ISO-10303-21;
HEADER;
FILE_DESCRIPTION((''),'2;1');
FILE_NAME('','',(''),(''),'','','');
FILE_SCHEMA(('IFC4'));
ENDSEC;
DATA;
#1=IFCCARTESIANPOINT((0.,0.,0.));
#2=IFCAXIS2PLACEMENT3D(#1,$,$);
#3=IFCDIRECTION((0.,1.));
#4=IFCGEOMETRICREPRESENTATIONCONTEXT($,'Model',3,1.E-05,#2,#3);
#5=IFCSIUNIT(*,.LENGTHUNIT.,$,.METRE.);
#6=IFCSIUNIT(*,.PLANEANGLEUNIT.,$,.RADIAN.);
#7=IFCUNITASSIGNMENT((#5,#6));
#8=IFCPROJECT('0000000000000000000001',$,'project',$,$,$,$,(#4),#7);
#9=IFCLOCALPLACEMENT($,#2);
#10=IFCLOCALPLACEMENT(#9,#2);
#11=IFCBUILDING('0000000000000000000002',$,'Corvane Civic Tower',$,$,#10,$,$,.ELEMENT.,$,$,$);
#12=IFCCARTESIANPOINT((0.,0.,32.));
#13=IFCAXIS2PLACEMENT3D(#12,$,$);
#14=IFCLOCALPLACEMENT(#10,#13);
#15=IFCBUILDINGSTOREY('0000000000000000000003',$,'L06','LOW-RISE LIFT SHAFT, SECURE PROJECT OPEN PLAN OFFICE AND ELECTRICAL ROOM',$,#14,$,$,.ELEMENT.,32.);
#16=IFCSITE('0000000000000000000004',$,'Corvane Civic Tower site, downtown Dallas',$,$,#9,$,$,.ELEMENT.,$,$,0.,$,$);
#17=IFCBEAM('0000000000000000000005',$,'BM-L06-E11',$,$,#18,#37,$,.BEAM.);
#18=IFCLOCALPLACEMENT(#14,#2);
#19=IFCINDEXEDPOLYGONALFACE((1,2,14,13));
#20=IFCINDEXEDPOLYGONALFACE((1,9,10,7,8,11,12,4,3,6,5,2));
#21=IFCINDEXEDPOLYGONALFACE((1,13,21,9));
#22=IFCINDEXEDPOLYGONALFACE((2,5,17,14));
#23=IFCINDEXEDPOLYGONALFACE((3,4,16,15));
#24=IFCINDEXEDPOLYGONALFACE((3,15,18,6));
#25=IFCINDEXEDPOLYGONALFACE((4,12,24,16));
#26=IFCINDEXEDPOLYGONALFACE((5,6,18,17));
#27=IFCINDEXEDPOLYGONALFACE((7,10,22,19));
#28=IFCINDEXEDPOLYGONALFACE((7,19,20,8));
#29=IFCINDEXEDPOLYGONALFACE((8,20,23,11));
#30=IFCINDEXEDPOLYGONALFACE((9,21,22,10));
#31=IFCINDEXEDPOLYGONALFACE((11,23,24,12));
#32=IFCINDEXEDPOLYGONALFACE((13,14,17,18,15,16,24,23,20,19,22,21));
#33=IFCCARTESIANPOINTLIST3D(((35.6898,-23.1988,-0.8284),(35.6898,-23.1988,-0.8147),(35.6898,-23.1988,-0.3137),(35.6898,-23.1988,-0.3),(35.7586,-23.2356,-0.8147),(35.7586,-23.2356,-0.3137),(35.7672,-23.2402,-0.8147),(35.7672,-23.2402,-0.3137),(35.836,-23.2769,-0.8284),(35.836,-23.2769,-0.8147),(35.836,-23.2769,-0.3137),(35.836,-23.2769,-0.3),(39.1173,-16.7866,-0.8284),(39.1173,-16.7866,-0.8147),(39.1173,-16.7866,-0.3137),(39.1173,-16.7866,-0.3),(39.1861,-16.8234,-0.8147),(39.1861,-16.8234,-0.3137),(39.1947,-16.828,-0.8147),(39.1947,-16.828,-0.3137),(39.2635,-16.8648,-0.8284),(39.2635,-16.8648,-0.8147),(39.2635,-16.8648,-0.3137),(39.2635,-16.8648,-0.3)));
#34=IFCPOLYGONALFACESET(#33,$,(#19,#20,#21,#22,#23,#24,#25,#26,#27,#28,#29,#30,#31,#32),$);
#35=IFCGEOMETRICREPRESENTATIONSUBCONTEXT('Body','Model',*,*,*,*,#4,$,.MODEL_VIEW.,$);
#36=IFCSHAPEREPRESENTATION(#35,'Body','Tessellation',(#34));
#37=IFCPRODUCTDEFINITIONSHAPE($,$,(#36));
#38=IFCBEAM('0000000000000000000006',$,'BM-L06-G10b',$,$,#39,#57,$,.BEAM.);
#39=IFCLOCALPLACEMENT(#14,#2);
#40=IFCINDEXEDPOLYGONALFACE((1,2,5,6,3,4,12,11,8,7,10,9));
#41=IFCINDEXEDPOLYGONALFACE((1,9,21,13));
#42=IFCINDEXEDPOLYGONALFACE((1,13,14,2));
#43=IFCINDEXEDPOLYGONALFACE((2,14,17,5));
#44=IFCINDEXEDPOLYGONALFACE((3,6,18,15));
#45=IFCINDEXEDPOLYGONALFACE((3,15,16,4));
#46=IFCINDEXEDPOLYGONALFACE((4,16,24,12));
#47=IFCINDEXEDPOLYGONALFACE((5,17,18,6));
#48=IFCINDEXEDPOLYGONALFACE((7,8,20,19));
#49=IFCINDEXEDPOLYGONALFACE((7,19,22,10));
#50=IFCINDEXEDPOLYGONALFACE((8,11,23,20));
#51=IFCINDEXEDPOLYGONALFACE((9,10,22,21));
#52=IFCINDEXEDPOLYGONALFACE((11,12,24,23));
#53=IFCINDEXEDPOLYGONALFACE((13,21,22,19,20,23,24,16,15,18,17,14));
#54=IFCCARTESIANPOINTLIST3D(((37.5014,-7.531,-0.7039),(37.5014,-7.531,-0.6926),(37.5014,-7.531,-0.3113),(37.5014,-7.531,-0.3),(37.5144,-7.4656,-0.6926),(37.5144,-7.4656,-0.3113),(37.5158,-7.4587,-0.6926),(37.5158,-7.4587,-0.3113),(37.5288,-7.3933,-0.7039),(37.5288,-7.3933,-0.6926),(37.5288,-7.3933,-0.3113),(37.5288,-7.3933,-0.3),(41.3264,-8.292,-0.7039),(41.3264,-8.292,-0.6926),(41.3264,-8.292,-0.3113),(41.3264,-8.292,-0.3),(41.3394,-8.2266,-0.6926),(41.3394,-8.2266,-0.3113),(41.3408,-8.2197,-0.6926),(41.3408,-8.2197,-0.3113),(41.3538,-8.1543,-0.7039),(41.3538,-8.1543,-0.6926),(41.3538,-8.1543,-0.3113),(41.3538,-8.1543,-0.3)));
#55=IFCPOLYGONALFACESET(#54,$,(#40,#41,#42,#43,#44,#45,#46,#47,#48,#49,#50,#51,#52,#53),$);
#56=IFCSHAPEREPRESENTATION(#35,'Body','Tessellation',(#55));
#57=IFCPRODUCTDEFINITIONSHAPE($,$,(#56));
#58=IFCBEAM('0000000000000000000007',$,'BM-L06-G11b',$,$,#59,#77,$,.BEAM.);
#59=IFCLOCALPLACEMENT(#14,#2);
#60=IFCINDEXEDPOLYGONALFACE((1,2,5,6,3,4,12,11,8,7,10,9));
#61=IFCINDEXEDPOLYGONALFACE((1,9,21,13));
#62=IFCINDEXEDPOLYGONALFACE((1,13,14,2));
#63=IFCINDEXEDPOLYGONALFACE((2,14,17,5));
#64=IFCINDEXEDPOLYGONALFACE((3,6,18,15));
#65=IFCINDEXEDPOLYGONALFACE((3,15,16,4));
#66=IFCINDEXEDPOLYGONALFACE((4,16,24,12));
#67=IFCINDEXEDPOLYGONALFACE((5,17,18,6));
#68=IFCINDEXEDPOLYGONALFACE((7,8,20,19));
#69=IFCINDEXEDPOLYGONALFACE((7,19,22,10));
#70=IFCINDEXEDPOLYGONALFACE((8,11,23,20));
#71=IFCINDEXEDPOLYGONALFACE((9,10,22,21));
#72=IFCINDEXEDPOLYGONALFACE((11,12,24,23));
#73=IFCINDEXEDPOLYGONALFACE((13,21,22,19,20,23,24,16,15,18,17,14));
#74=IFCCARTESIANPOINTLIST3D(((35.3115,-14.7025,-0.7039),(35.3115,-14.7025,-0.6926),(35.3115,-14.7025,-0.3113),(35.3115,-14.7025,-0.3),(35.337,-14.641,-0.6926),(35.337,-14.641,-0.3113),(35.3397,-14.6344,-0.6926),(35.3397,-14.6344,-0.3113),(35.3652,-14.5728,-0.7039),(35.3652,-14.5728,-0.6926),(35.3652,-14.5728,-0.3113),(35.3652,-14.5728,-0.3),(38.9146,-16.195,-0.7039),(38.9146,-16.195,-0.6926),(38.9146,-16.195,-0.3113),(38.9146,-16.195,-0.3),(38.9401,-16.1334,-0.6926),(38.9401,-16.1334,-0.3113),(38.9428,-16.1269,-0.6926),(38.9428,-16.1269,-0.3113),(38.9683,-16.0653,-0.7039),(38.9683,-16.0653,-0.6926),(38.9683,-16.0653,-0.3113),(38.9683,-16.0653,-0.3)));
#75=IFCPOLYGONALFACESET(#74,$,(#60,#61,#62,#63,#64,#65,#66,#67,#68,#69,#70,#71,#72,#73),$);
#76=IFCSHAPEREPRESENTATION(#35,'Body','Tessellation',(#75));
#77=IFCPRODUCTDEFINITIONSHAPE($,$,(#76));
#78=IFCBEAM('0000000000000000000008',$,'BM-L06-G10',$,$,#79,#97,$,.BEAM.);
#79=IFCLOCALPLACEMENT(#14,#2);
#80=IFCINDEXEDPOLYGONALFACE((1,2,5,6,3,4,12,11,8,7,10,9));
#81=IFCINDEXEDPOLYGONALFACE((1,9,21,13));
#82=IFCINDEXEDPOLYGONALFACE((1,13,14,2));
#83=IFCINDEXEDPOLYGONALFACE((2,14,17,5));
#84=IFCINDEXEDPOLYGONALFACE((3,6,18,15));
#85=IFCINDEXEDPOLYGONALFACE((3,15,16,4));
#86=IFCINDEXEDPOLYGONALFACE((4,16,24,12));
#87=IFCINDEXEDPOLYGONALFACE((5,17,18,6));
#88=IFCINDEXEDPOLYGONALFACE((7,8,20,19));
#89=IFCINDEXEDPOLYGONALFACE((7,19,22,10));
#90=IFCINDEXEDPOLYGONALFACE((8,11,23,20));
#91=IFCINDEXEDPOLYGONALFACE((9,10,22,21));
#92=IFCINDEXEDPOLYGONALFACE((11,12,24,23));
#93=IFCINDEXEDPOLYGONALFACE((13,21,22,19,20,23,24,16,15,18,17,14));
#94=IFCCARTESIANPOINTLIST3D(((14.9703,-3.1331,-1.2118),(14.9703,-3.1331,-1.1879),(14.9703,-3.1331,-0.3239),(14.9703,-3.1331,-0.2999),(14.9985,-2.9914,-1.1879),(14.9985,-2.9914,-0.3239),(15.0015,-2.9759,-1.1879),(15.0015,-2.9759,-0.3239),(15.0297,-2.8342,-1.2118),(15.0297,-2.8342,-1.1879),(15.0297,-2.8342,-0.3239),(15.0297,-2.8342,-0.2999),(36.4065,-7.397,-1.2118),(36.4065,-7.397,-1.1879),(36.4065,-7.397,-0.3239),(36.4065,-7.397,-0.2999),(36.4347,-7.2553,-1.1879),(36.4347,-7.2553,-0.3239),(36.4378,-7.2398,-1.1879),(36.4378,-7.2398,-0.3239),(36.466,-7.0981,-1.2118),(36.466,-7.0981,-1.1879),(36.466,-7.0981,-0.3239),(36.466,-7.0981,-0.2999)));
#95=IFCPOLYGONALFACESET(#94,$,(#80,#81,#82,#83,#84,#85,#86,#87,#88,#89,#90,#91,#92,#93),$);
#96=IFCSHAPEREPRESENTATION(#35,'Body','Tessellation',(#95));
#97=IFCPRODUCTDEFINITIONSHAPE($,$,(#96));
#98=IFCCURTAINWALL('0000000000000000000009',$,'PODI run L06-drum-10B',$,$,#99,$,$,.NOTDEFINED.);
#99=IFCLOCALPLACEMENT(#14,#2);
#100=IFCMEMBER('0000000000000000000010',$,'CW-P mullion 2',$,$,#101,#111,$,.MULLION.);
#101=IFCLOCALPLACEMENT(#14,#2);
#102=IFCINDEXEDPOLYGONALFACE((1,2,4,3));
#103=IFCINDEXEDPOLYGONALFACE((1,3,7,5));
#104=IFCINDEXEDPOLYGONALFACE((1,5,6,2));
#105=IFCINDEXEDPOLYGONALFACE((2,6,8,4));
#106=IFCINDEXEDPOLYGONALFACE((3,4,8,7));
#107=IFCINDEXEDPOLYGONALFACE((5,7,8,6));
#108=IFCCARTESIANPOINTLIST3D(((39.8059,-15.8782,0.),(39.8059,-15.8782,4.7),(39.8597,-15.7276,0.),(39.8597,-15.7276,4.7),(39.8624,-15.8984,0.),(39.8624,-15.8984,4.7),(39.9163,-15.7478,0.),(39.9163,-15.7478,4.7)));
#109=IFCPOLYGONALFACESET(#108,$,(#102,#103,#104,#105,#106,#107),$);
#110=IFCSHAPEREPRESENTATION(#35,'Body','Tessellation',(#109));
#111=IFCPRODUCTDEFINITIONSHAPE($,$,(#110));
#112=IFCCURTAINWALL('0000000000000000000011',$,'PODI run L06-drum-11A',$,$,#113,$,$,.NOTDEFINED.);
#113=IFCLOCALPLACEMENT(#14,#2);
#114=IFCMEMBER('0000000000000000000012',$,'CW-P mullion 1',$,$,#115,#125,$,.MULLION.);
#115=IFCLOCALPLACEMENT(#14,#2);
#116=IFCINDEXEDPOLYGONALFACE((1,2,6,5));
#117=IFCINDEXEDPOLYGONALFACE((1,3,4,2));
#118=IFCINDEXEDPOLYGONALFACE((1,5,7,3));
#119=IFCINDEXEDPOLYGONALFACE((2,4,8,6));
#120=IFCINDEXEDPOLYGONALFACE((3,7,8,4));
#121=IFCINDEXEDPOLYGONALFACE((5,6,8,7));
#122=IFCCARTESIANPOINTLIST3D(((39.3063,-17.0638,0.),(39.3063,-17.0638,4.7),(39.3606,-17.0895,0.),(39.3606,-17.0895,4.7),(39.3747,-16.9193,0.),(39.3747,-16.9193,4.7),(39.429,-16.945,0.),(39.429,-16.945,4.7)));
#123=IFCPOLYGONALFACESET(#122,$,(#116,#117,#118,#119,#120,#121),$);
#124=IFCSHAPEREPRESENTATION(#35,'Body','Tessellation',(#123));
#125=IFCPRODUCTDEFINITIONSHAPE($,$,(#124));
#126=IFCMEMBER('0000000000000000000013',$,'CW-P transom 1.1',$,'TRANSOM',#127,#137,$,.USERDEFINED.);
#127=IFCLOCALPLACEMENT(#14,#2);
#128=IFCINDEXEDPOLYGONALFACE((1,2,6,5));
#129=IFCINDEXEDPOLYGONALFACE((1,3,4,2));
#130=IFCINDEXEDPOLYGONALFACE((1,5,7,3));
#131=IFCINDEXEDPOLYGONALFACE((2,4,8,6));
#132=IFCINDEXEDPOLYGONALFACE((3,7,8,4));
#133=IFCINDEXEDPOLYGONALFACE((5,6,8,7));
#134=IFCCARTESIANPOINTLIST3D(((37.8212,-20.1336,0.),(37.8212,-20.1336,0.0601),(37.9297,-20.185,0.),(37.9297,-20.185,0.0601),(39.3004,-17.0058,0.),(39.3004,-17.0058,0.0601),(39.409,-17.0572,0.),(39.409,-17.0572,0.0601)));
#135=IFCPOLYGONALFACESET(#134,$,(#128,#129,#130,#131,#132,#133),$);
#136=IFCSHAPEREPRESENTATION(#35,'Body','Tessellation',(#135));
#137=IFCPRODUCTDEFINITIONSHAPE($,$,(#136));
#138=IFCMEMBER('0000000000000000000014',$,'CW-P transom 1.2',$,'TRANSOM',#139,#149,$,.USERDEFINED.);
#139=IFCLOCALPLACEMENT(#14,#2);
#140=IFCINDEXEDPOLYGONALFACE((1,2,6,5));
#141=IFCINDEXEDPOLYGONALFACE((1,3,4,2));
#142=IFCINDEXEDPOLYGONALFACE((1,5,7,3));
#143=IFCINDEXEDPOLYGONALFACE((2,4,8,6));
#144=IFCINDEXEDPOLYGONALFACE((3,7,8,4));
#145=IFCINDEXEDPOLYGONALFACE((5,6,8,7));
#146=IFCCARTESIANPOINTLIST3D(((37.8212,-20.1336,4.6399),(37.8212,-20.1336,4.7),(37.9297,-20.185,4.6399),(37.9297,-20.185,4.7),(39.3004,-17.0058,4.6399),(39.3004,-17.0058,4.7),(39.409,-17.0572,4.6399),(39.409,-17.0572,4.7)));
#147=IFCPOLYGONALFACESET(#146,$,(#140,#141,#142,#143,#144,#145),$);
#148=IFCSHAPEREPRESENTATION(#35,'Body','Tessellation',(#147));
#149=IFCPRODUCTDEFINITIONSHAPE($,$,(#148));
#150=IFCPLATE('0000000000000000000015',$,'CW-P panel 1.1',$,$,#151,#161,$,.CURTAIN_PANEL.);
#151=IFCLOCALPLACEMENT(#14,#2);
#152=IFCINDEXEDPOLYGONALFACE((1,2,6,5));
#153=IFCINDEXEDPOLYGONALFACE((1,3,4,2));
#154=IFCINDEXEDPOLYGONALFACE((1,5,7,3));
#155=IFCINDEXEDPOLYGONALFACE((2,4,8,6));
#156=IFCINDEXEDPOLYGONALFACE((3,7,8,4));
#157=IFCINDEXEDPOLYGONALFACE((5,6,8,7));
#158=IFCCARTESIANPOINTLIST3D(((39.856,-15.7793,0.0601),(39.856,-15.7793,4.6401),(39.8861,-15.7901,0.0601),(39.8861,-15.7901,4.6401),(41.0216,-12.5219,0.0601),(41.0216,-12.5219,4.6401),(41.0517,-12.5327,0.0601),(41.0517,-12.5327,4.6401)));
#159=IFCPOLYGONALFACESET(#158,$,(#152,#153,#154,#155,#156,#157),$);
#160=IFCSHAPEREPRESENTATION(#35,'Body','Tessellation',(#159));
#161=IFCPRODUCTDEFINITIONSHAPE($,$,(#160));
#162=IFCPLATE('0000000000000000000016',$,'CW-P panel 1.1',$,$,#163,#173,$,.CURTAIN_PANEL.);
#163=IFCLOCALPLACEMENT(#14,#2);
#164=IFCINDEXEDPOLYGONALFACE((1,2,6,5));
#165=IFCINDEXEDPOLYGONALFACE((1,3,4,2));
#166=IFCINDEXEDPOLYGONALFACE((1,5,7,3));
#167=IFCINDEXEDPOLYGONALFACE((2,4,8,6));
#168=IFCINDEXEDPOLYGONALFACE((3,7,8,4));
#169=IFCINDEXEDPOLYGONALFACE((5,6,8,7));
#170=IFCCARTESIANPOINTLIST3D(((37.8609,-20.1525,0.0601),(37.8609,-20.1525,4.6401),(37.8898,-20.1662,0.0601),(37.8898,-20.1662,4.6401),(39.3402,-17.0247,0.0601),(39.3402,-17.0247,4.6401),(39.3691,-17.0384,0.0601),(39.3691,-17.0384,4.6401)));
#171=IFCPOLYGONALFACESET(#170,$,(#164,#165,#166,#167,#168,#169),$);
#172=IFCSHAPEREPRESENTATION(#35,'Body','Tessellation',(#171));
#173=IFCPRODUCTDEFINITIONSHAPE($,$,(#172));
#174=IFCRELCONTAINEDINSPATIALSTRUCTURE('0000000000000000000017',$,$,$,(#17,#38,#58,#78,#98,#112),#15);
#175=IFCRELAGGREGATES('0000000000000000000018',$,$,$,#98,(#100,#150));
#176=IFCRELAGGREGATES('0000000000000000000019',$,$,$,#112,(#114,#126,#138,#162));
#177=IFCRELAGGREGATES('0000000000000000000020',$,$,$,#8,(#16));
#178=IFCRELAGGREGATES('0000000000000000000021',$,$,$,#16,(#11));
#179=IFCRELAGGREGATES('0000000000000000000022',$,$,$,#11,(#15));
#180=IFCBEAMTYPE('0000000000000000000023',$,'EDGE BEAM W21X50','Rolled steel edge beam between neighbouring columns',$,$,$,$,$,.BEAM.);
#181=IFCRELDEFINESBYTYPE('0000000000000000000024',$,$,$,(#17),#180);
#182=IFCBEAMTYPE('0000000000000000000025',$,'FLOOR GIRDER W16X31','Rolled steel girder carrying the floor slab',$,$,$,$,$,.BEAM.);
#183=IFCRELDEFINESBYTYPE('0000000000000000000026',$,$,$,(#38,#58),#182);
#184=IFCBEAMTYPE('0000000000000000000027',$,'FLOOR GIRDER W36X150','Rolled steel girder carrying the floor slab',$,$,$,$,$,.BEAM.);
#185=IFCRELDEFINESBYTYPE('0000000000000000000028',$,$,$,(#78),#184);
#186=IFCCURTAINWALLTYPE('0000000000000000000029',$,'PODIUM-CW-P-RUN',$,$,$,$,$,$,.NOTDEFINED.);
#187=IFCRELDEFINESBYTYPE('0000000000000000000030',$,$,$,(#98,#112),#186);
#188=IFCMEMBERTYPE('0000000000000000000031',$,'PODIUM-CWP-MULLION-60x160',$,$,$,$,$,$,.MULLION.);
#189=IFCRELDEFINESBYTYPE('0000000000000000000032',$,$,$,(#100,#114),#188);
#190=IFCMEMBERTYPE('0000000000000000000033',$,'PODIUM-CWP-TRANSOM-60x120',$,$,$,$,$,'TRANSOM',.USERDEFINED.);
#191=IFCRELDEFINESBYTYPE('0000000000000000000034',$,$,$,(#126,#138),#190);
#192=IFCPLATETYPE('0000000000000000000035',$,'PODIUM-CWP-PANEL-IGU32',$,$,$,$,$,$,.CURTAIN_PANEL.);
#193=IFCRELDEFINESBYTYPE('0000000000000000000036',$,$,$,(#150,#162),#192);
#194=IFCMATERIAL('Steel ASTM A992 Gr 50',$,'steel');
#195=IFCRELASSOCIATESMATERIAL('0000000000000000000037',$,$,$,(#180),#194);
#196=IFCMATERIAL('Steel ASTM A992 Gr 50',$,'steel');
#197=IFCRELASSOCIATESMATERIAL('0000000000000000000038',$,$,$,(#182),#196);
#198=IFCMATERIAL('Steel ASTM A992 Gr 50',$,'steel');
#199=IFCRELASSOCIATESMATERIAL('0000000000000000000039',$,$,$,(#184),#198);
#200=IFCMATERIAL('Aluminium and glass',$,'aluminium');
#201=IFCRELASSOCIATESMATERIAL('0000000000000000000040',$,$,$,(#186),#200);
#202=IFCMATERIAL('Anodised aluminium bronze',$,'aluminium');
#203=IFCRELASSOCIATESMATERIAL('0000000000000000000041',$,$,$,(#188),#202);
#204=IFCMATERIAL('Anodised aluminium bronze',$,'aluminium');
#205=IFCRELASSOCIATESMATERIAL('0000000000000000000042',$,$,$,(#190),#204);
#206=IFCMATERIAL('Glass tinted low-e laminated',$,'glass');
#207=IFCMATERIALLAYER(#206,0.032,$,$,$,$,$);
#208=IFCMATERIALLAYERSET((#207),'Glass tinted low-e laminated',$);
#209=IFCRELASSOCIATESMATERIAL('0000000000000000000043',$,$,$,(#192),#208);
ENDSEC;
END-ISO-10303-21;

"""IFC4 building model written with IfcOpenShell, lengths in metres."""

from ifc_helpers import new_model, si_unit, direction, frame, origin, origin_2d, place, context, subcontext, project, spatial, rectangle, i_section, extrude, material, layer, layer_set, material_profile, profile_set, type_object, element, aggregate, save


model = new_model("IFC4")

# Units and contexts
model_context = context("Model", 3, precision=1e-05, world=origin(), true_north=direction((0.0, 1.0)))
body_context = subcontext(model_context, "Body", "Model", "MODEL_VIEW")
ifc_project = project(units=[si_unit("LENGTHUNIT", "METRE"), si_unit("PLANEANGLEUNIT", "RADIAN")], contexts=[model_context])

# Site, building, storey
site_placement = place(None, origin())
site = spatial("IfcSite", under=ifc_project, at=site_placement, Name="Corvane Civic Tower site, downtown Dallas", CompositionType="ELEMENT", RefElevation=0.0)
building_placement = place(site_placement, origin())
building = spatial("IfcBuilding", under=site, at=building_placement, Name="Corvane Civic Tower", CompositionType="ELEMENT")
storey_placement = place(building_placement, frame((0.0, 0.0, 32.0)))
storey = spatial("IfcBuildingStorey", under=building, at=storey_placement, Name="L06", Description="LOW-RISE LIFT SHAFT, SECURE PROJECT OPEN PLAN OFFICE AND ELECTRICAL ROOM", CompositionType="ELEMENT", Elevation=32.0)

# Beams
ifc_material_1 = material(Name="Steel ASTM A992 Gr 50", Category="steel")
ifc_material_profile_1 = material_profile(ifc_material_1, i_section(OverallWidth=0.1658, OverallDepth=0.5283, WebThickness=0.0098, FlangeThickness=0.0137, at=origin_2d()), Name="W21X50")
ifc_profile_set_1 = profile_set([ifc_material_profile_1], Name="Steel ASTM A992 Gr 50")
beam_type_1 = type_object("IfcBeamType", Name="EDGE BEAM W21X50", Description="Rolled steel edge beam between neighbouring columns", PredefinedType="BEAM", material=ifc_profile_set_1)
beam_1_placement = place(storey_placement, frame((39.1904, -16.8257, -0.5642), z_axis=(-0.471412, -0.881913, 0.0), x_axis=(0.881913, -0.471412, 0.0)))
element("IfcBeam", 1, at=beam_1_placement, inside=storey, type_object=beam_type_1, Name="BM-L06-E11", PredefinedType="BEAM", context=body_context, shape_type="SweptSolid", body=[
    extrude(i_section(OverallWidth=0.1658, OverallDepth=0.5283, WebThickness=0.0098, FlangeThickness=0.0137, at=origin_2d()), origin(), (0.0, 0.0, 1.0), 7.2708),
])
ifc_material_2 = material(Name="Steel ASTM A992 Gr 50", Category="steel")
ifc_material_profile_2 = material_profile(ifc_material_2, i_section(OverallWidth=0.1404, OverallDepth=0.4038, WebThickness=0.0071, FlangeThickness=0.0112, at=origin_2d()), Name="W16X31")
ifc_profile_set_2 = profile_set([ifc_material_profile_2], Name="Steel ASTM A992 Gr 50")
beam_type_2 = type_object("IfcBeamType", Name="FLOOR GIRDER W16X31", Description="Rolled steel girder carrying the floor slab", PredefinedType="BEAM", material=ifc_profile_set_2)
for number, where, z_axis, x_axis, name in (
    (2, (37.5151, -7.4622, -0.502), (0.980778, -0.195129, 0.0), (0.195129, 0.980778, 0.0), "BM-L06-G10b"),
    (3, (35.3384, -14.6377, -0.502), (0.923879, -0.382685, 0.0), (0.382685, 0.923879, 0.0), "BM-L06-G11b"),
):
    element("IfcBeam", number, at=place(storey_placement, frame(where, z_axis=z_axis, x_axis=x_axis)), inside=storey, type_object=beam_type_2, Name=name, PredefinedType="BEAM", context=body_context, shape_type="SweptSolid", body=[
        extrude(i_section(OverallWidth=0.1404, OverallDepth=0.4038, WebThickness=0.0071, FlangeThickness=0.0112, at=origin_2d()), origin(), (0.0, 0.0, 1.0), 3.8999),
    ])
ifc_material_3 = material(Name="Steel ASTM A992 Gr 50", Category="steel")
ifc_material_profile_3 = material_profile(ifc_material_3, i_section(OverallWidth=0.3047, OverallDepth=0.9119, WebThickness=0.0159, FlangeThickness=0.0239, at=origin_2d()), Name="W36X150")
ifc_profile_set_3 = profile_set([ifc_material_profile_3], Name="Steel ASTM A992 Gr 50")
beam_type_3 = type_object("IfcBeamType", Name="FLOOR GIRDER W36X150", Description="Rolled steel girder carrying the floor slab", PredefinedType="BEAM", material=ifc_profile_set_3)
beam_2_placement = place(storey_placement, frame((15.0, -2.9836, -0.7559), z_axis=(0.980785, -0.195089, 0.0), x_axis=(0.195089, 0.980785, 0.0)))
element("IfcBeam", 4, at=beam_2_placement, inside=storey, type_object=beam_type_3, Name="BM-L06-G10", PredefinedType="BEAM", context=body_context, shape_type="SweptSolid", body=[
    extrude(i_section(OverallWidth=0.3047, OverallDepth=0.9119, WebThickness=0.0159, FlangeThickness=0.0239, at=origin_2d()), origin(), (0.0, 0.0, 1.0), 21.8562),
])

# Curtain wall, member
ifc_material_4 = material(Name="Aluminium and glass", Category="aluminium")
curtain_wall_type = type_object("IfcCurtainWallType", Name="PODIUM-CW-P-RUN", PredefinedType="NOTDEFINED", material=ifc_material_4)
curtain_wall_1_placement = place(storey_placement, origin())
curtain_wall_1 = element("IfcCurtainWall", 5, at=curtain_wall_1_placement, inside=storey, type_object=curtain_wall_type, Name="PODI run L06-drum-10B", PredefinedType="NOTDEFINED")
ifc_material_5 = material(Name="Anodised aluminium bronze", Category="aluminium")
ifc_material_profile_4 = material_profile(ifc_material_5, rectangle(XDim=0.0601, YDim=0.1599, at=origin_2d()), Name="AL 60x160")
ifc_profile_set_4 = profile_set([ifc_material_profile_4], Name="Anodised aluminium bronze")
member_type_1 = type_object("IfcMemberType", Name="PODIUM-CWP-MULLION-60x160", PredefinedType="MULLION", material=ifc_profile_set_4)
member_1_placement = place(storey_placement, frame((39.8611, -15.813, 0.0), z_axis=(0.0, 0.0, 1.0), x_axis=(0.941534, -0.336919, 0.0)))
member_1 = element("IfcMember", 6, at=member_1_placement, type_object=member_type_1, Name="CW-P mullion 2", PredefinedType="MULLION", context=body_context, shape_type="SweptSolid", body=[
    extrude(rectangle(XDim=0.0601, YDim=0.1599, at=origin_2d()), origin(), (0.0, 0.0, 1.0), 4.7),
])

# Curtain wall, members
curtain_wall_2_placement = place(storey_placement, origin())
curtain_wall_2 = element("IfcCurtainWall", 7, at=curtain_wall_2_placement, inside=storey, type_object=curtain_wall_type, Name="PODI run L06-drum-11A", PredefinedType="NOTDEFINED")
member_2_placement = place(storey_placement, frame((39.3677, -17.0044, 0.0), z_axis=(0.0, 0.0, 1.0), x_axis=(0.90399, -0.427553, 0.0)))
member_2 = element("IfcMember", 8, at=member_2_placement, type_object=member_type_1, Name="CW-P mullion 1", PredefinedType="MULLION", context=body_context, shape_type="SweptSolid", body=[
    extrude(rectangle(XDim=0.0601, YDim=0.1599, at=origin_2d()), origin(), (0.0, 0.0, 1.0), 4.7),
])
ifc_material_6 = material(Name="Anodised aluminium bronze", Category="aluminium")
ifc_material_profile_5 = material_profile(ifc_material_6, rectangle(XDim=0.1201, YDim=0.0601, at=origin_2d()), Name="AL 120x60")
ifc_profile_set_5 = profile_set([ifc_material_profile_5], Name="Anodised aluminium bronze")
member_type_2 = type_object("IfcMemberType", Name="PODIUM-CWP-TRANSOM-60x120", ElementType="TRANSOM", PredefinedType="USERDEFINED", material=ifc_profile_set_5)
member_3_placement = place(storey_placement, frame((39.3547, -17.0315, 0.03), z_axis=(-0.427546, -0.903993, 0.0), x_axis=(0.903993, -0.427546, 0.0)))
member_3 = element("IfcMember", 9, at=member_3_placement, type_object=member_type_2, Name="CW-P transom 1.1", ObjectType="TRANSOM", PredefinedType="USERDEFINED", context=body_context, shape_type="SweptSolid", body=[
    extrude(rectangle(XDim=0.1201, YDim=0.0601, at=origin_2d()), origin(), (0.0, 0.0, 1.0), 3.46),
])
member_4_placement = place(storey_placement, frame((39.3547, -17.0315, 4.6699), z_axis=(-0.427546, -0.903993, 0.0), x_axis=(0.903993, -0.427546, 0.0)))
member_4 = element("IfcMember", 10, at=member_4_placement, type_object=member_type_2, Name="CW-P transom 1.2", ObjectType="TRANSOM", PredefinedType="USERDEFINED", context=body_context, shape_type="SweptSolid", body=[
    extrude(rectangle(XDim=0.1201, YDim=0.0601, at=origin_2d()), origin(), (0.0, 0.0, 1.0), 3.46),
])

# Plates
ifc_material_7 = material(Name="Glass tinted low-e laminated", Category="glass")
ifc_layer_1 = layer(ifc_material_7, 0.032)
ifc_layer_set_1 = layer_set([ifc_layer_1], Name="Glass tinted low-e laminated")
plate_type = type_object("IfcPlateType", Name="PODIUM-CWP-PANEL-IGU32", PredefinedType="CURTAIN_PANEL", material=ifc_layer_set_1)
plate_1_placement = place(storey_placement, frame((40.4539, -14.156, 0.0601), z_axis=(0.0, 0.0, 1.0), x_axis=(-0.336919, -0.941534, 0.0)))
plate_1 = element("IfcPlate", 11, at=plate_1_placement, type_object=plate_type, Name="CW-P panel 1.1", PredefinedType="CURTAIN_PANEL", context=body_context, shape_type="SweptSolid", body=[
    extrude(rectangle(XDim=3.4597, YDim=0.032, at=origin_2d()), origin(), (0.0, 0.0, 1.0), 4.5801),
])
aggregate(curtain_wall_1, [member_1, plate_1])
plate_2_placement = place(storey_placement, frame((38.615, -18.5955, 0.0601), z_axis=(0.0, 0.0, 1.0), x_axis=(-0.427553, -0.90399, 0.0)))
plate_2 = element("IfcPlate", 12, at=plate_2_placement, type_object=plate_type, Name="CW-P panel 1.1", PredefinedType="CURTAIN_PANEL", context=body_context, shape_type="SweptSolid", body=[
    extrude(rectangle(XDim=3.46, YDim=0.032, at=origin_2d()), origin(), (0.0, 0.0, 1.0), 4.5801),
])
aggregate(curtain_wall_2, [member_2, member_3, member_4, plate_2])

save(model, "model.ifc")
